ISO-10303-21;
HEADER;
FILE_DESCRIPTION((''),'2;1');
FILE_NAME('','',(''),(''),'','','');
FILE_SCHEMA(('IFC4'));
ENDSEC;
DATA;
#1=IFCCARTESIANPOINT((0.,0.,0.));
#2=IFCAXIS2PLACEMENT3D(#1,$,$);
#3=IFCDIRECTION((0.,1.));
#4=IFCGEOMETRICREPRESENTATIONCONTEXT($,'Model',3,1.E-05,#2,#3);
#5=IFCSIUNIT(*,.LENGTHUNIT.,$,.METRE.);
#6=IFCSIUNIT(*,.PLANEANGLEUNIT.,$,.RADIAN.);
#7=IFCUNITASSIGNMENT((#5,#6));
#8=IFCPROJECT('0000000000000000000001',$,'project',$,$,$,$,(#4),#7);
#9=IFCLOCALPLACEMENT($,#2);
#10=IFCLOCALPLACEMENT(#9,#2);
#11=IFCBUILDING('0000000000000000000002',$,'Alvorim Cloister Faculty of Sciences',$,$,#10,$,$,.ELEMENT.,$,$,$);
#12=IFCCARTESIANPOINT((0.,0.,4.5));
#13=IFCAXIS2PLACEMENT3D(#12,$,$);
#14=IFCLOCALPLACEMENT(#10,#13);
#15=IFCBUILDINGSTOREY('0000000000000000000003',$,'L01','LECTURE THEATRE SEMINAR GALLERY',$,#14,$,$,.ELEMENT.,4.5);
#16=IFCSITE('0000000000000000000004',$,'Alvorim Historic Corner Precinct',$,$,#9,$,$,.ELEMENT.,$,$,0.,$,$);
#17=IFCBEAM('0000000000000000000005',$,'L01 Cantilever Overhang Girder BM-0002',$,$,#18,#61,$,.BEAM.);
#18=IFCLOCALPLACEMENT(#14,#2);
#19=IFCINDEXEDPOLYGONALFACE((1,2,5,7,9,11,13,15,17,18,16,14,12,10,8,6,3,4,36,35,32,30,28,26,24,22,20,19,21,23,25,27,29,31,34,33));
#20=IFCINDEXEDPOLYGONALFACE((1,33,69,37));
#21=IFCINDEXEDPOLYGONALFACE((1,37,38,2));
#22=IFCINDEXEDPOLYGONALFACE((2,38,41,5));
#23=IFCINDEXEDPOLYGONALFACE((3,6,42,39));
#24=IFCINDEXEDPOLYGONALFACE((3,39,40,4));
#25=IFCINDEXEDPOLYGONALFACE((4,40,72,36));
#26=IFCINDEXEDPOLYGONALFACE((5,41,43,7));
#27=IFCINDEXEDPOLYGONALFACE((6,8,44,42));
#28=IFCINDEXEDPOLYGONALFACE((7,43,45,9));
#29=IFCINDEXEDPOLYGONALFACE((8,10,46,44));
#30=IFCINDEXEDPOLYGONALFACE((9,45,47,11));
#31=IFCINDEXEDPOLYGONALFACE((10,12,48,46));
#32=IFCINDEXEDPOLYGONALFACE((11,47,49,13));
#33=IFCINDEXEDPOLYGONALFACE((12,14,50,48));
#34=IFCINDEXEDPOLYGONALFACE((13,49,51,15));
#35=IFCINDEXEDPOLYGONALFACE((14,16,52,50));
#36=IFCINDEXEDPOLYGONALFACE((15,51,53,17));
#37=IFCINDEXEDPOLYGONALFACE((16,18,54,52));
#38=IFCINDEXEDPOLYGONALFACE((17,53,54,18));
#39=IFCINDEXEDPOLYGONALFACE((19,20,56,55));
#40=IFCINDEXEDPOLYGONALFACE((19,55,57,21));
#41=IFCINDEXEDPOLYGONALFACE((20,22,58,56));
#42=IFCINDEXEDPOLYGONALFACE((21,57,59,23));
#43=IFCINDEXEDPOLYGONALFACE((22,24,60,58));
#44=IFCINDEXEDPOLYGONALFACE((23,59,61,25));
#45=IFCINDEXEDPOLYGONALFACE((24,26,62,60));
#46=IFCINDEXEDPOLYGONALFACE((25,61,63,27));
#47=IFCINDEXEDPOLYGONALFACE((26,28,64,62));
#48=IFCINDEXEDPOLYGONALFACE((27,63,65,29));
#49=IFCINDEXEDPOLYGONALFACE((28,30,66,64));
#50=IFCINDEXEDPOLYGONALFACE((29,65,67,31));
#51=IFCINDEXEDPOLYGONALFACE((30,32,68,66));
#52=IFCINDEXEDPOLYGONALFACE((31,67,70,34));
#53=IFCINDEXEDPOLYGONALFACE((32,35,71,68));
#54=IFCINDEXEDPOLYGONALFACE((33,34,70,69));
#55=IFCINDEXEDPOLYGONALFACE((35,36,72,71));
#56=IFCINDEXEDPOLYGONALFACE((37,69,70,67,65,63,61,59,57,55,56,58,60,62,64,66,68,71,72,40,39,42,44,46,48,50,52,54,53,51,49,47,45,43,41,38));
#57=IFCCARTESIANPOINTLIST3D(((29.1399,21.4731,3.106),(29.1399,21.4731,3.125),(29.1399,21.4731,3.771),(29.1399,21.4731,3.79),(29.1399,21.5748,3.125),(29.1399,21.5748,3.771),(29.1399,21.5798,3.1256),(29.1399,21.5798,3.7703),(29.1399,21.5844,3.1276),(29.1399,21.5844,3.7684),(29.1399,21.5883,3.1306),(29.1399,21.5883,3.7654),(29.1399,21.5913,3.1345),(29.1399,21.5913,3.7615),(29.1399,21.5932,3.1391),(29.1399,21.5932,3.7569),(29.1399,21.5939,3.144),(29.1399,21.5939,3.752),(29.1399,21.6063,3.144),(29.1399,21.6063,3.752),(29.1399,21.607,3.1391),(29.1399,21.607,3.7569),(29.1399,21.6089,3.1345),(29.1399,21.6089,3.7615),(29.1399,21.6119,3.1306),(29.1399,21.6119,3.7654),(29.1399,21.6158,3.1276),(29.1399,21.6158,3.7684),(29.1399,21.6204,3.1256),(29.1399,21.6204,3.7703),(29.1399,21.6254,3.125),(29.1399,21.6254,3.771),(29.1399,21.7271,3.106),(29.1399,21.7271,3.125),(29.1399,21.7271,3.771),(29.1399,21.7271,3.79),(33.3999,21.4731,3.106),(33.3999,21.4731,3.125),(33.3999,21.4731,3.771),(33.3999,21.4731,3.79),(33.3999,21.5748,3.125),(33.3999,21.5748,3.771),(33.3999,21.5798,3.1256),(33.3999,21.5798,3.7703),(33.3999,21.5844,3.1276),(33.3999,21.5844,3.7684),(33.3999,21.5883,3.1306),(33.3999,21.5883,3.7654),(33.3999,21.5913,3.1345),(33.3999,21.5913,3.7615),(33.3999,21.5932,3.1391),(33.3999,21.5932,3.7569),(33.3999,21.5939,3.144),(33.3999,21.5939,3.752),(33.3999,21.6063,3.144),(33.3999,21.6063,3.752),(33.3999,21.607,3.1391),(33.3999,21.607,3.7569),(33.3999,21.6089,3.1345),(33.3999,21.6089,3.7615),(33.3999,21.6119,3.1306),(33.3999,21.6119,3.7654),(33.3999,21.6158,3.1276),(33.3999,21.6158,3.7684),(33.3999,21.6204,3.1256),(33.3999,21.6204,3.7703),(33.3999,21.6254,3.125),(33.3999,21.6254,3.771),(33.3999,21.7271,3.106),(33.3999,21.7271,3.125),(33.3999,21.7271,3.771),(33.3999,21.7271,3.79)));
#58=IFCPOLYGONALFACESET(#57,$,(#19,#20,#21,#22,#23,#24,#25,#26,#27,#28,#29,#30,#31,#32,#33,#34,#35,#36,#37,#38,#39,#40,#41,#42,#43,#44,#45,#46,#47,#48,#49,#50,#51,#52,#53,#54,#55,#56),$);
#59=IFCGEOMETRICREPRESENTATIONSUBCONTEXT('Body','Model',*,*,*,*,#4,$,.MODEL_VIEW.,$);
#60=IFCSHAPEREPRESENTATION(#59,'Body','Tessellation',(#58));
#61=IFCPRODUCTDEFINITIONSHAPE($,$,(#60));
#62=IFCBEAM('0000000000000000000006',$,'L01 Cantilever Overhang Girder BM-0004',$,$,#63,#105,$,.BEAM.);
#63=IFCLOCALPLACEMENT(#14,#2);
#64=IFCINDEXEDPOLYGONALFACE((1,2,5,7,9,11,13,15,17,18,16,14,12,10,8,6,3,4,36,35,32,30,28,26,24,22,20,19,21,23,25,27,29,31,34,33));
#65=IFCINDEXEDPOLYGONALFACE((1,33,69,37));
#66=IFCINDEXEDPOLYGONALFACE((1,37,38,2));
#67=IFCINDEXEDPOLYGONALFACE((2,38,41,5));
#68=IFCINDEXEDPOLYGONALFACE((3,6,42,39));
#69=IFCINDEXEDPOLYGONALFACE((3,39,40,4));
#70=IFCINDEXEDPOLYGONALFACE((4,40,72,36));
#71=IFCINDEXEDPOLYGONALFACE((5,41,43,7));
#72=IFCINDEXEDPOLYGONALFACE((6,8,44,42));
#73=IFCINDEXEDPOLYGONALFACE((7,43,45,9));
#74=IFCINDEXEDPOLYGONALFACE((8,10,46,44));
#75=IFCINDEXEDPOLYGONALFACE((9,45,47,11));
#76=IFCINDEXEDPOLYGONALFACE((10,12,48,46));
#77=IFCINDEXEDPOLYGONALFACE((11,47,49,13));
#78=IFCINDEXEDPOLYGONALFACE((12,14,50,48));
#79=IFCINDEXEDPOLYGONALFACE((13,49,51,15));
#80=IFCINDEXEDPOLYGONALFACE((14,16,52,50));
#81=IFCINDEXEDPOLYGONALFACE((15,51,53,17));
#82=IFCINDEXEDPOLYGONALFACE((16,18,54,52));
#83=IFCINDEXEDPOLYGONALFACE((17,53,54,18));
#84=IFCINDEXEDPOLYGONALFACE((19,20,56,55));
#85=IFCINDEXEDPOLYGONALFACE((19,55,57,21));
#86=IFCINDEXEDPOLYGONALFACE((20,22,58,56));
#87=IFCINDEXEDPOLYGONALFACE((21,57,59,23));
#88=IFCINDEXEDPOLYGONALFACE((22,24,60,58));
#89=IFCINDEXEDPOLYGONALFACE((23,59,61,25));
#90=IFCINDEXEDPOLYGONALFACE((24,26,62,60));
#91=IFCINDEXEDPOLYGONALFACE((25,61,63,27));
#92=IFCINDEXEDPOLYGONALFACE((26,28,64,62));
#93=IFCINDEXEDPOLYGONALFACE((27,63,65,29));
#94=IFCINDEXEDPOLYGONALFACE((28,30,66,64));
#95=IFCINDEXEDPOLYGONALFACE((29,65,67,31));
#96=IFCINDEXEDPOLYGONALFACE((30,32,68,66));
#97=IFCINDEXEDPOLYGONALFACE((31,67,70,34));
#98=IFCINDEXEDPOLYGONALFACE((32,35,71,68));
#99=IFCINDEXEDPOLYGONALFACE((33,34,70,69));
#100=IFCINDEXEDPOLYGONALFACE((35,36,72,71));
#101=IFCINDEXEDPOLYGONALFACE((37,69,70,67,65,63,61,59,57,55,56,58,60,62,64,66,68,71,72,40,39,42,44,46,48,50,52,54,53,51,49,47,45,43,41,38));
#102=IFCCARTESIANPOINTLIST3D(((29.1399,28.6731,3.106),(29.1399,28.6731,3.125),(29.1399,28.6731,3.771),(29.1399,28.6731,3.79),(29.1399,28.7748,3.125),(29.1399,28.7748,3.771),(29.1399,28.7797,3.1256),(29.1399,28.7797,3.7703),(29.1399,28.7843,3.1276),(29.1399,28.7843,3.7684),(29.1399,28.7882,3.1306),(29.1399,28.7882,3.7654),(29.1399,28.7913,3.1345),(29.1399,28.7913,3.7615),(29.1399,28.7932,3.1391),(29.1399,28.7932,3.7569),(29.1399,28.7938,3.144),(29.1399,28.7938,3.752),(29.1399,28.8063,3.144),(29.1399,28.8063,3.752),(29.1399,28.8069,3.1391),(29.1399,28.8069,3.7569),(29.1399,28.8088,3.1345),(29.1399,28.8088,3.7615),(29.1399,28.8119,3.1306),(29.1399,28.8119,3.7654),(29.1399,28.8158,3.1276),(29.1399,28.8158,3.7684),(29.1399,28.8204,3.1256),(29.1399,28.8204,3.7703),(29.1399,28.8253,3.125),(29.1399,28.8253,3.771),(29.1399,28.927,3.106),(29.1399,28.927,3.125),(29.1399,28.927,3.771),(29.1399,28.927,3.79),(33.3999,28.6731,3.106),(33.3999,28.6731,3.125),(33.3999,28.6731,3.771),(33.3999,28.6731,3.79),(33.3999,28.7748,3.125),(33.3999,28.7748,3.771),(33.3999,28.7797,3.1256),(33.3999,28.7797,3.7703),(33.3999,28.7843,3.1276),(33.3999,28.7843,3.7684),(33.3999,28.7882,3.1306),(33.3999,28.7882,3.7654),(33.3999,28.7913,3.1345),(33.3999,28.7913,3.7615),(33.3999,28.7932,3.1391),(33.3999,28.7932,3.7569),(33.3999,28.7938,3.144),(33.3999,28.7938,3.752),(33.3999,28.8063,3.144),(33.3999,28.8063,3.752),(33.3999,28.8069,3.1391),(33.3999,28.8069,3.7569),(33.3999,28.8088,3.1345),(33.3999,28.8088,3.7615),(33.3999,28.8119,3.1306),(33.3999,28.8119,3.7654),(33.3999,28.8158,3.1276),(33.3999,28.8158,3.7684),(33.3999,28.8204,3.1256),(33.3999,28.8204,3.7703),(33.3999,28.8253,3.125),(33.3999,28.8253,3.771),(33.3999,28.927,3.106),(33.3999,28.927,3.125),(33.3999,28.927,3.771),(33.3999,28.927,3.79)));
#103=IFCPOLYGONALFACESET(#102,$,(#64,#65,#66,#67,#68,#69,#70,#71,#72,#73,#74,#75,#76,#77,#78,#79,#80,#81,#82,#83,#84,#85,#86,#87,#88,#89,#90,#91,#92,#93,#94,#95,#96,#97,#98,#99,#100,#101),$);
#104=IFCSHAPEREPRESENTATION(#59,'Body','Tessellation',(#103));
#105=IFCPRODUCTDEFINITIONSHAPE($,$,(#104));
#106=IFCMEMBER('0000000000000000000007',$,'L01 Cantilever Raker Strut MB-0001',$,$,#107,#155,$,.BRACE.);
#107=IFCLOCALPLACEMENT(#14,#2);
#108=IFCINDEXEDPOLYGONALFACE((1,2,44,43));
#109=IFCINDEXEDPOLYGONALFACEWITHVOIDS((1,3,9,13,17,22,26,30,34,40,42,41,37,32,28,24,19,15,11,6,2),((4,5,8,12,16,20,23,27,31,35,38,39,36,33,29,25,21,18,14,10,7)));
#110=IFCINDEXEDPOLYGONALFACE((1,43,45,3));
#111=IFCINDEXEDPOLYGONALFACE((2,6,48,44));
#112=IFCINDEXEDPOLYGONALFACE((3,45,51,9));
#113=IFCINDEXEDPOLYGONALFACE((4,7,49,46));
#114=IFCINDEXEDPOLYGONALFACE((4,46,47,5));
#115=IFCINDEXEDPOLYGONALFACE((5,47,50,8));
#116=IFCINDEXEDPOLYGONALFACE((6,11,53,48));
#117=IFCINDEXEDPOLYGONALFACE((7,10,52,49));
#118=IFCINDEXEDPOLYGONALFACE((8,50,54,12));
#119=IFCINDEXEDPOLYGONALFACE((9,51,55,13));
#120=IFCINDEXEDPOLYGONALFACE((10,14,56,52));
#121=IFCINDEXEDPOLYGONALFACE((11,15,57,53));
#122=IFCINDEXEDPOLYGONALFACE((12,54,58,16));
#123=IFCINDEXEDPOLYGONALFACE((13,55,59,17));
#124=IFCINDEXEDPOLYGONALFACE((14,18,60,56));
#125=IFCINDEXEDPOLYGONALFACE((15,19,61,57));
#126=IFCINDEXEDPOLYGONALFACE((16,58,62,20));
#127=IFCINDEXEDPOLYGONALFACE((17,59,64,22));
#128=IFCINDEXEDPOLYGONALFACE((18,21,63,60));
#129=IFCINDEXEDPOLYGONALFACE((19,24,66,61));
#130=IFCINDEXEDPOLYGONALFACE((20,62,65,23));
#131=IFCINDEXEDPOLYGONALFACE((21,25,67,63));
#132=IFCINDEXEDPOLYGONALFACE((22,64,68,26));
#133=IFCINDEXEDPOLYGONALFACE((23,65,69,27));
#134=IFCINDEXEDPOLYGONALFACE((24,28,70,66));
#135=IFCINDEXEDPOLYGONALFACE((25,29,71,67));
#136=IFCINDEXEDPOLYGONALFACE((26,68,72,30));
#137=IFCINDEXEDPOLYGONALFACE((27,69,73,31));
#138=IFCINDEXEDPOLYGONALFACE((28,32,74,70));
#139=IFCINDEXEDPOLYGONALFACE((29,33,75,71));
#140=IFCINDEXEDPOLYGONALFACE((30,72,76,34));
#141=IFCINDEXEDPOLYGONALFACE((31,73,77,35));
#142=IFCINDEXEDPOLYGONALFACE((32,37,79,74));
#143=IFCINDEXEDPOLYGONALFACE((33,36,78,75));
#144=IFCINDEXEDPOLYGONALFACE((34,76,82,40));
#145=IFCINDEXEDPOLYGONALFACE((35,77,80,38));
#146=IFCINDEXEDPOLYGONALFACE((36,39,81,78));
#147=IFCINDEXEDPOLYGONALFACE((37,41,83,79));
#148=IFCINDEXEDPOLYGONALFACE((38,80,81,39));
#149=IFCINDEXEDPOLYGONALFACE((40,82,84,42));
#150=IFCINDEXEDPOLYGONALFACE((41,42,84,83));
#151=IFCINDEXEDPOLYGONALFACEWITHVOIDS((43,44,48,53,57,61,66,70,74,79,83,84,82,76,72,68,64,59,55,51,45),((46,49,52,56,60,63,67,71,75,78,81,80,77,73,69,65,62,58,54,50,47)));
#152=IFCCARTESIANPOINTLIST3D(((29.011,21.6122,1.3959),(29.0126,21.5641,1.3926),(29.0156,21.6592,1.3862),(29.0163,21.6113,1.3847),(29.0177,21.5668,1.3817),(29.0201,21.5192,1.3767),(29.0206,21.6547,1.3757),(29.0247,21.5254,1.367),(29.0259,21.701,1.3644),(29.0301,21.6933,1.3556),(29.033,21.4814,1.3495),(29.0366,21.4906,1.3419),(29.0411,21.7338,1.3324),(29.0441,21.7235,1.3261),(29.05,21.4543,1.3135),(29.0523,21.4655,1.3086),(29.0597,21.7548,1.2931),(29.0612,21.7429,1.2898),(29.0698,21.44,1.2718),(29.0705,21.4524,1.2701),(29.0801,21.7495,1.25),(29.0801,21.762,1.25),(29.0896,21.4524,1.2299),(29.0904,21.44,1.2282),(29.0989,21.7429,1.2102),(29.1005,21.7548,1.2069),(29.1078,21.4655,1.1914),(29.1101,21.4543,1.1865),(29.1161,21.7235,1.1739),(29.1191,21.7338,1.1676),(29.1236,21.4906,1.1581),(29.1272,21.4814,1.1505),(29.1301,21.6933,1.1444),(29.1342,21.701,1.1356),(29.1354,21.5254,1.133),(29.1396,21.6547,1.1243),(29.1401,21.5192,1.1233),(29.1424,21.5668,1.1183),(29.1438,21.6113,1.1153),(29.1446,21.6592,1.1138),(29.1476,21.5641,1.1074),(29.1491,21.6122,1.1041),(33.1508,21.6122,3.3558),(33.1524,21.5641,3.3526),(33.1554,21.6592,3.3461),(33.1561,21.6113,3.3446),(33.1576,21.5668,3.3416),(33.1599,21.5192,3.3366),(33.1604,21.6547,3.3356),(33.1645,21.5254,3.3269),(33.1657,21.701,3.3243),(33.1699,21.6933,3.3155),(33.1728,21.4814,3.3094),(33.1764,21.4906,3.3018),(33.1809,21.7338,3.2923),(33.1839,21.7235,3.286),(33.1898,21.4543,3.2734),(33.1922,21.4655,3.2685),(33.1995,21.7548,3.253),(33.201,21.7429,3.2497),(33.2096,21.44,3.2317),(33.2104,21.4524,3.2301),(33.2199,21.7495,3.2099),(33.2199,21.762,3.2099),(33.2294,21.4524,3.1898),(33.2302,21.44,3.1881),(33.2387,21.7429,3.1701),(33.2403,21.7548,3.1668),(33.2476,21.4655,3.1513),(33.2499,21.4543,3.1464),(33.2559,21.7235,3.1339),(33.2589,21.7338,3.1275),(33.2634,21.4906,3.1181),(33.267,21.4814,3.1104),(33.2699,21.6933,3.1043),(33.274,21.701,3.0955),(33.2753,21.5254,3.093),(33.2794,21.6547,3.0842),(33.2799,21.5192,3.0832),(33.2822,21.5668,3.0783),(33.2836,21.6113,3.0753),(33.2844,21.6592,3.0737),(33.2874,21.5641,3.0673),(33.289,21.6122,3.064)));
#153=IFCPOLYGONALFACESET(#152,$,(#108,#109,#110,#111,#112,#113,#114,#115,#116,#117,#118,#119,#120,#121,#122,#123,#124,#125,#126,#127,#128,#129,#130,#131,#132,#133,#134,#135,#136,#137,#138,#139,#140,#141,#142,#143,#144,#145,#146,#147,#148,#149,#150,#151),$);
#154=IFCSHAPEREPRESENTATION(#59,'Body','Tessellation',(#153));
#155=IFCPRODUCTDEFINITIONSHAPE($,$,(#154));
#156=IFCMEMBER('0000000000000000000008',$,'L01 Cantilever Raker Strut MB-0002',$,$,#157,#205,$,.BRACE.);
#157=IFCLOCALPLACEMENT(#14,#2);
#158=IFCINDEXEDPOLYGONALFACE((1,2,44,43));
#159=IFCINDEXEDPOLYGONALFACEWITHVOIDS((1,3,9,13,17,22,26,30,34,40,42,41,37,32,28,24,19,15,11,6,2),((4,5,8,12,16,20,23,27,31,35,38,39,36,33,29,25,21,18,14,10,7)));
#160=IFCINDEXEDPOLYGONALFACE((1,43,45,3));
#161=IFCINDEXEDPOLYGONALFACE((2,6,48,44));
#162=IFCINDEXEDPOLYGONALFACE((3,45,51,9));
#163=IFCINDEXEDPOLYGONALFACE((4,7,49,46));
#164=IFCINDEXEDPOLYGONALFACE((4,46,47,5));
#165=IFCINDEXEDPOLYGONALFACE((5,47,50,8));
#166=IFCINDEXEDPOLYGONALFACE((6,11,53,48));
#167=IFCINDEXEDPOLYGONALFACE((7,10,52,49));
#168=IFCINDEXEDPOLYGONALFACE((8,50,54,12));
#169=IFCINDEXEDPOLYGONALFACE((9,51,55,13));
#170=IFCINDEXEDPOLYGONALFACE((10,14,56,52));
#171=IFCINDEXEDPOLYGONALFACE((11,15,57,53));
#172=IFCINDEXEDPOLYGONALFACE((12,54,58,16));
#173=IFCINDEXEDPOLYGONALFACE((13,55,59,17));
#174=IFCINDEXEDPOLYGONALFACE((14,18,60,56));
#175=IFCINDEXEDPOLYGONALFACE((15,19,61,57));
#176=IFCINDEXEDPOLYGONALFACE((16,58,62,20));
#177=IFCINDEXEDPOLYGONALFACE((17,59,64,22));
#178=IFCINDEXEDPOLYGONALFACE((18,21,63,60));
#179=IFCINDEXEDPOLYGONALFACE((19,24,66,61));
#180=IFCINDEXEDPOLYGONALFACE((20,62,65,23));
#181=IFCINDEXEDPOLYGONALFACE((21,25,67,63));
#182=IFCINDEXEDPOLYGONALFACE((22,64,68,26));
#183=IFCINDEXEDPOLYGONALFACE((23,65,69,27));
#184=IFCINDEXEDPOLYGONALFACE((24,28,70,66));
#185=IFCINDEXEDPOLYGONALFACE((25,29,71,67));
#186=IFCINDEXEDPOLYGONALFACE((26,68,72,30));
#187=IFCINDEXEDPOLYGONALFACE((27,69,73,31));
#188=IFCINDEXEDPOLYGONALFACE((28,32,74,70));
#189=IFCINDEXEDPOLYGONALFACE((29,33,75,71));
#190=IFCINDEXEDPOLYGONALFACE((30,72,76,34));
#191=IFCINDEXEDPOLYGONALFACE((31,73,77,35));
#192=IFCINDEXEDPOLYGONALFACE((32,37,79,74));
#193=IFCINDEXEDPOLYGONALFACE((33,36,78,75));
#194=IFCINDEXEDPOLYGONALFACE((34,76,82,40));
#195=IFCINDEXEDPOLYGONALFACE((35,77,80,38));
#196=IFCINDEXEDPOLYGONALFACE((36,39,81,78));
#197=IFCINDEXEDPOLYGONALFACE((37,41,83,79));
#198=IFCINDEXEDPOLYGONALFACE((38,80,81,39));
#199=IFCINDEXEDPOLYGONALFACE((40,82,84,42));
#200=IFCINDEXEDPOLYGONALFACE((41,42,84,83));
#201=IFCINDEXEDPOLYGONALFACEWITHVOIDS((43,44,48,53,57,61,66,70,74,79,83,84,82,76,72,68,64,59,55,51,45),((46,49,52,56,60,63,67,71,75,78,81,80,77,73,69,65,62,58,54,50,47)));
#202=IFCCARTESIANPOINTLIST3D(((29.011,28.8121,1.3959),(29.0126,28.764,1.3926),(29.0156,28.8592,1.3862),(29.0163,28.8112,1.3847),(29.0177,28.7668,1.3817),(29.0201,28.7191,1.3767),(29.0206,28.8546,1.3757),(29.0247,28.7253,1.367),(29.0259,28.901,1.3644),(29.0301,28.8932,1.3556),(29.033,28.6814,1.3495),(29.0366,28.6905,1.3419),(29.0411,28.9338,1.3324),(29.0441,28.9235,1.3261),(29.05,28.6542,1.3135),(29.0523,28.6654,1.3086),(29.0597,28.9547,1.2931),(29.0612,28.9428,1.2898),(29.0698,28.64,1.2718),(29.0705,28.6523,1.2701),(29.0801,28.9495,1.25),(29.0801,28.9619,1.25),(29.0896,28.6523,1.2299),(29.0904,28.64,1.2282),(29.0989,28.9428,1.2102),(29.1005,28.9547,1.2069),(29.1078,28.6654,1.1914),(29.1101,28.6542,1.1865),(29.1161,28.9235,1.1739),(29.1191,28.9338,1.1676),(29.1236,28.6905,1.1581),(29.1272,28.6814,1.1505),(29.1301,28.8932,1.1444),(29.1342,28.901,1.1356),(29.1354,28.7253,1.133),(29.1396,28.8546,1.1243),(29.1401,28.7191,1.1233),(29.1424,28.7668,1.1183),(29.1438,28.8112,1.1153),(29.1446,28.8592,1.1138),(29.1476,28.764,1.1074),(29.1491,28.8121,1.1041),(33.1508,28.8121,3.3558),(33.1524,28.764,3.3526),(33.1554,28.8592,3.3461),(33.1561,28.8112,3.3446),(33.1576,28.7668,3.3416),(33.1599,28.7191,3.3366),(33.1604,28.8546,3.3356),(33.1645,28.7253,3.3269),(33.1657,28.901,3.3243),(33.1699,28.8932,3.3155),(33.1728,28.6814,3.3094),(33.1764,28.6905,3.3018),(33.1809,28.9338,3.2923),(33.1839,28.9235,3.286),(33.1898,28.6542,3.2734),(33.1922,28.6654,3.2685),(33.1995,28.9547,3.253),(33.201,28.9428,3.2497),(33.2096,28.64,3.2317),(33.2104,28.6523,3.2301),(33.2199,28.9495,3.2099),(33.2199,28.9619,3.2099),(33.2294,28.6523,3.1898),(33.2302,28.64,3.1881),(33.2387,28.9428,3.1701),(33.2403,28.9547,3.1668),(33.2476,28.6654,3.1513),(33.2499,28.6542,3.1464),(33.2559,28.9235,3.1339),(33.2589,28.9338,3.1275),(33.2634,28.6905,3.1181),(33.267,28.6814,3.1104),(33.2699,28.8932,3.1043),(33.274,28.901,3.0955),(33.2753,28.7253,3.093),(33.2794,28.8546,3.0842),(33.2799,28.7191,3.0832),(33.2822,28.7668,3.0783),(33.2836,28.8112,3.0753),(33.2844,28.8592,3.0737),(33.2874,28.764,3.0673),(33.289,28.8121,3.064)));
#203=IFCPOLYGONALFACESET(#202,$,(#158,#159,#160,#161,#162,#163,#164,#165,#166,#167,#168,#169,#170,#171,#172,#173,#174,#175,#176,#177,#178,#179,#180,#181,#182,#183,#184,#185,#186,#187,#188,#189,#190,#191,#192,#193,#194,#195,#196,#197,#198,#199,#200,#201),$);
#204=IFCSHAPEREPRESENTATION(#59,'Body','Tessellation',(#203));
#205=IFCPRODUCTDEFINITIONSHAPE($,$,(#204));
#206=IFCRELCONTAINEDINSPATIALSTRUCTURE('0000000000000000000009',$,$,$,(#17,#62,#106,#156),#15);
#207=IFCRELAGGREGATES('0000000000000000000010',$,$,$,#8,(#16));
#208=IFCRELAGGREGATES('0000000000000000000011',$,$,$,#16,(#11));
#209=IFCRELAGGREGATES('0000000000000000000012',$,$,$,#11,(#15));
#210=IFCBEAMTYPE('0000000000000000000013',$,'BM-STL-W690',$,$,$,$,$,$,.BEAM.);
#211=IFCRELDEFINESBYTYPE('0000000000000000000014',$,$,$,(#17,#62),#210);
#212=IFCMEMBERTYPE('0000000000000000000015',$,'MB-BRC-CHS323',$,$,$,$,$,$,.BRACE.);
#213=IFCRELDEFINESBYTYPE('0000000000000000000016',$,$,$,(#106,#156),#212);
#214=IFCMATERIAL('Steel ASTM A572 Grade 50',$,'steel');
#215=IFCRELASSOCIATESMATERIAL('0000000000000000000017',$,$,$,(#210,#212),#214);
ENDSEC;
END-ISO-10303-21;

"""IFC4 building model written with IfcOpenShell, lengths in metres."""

from ifc_helpers import new_model, si_unit, direction, frame, origin, origin_2d, place, context, subcontext, project, spatial, hollow_circle, i_section, extrude, material, material_profile, profile_set, type_object, element, save


model = new_model("IFC4")

# Units and contexts
model_context = context("Model", 3, precision=1e-05, world=origin(), true_north=direction((0.0, 1.0)))
body_context = subcontext(model_context, "Body", "Model", "MODEL_VIEW")
ifc_project = project(units=[si_unit("LENGTHUNIT", "METRE"), si_unit("PLANEANGLEUNIT", "RADIAN")], contexts=[model_context])

# Site, building, storey
site_placement = place(None, origin())
site = spatial("IfcSite", under=ifc_project, at=site_placement, Name="Alvorim Historic Corner Precinct", CompositionType="ELEMENT", RefElevation=0.0)
building_placement = place(site_placement, origin())
building = spatial("IfcBuilding", under=site, at=building_placement, Name="Alvorim Cloister Faculty of Sciences", CompositionType="ELEMENT")
storey_placement = place(building_placement, frame((0.0, 0.0, 4.5)))
storey = spatial("IfcBuildingStorey", under=building, at=storey_placement, Name="L01", Description="LECTURE THEATRE SEMINAR GALLERY", CompositionType="ELEMENT", Elevation=4.5)

# Beams
ifc_material_1 = material(Name="Steel ASTM A572 Grade 50", Category="steel")
ifc_material_profile_1 = material_profile(ifc_material_1, i_section(OverallWidth=0.2539, OverallDepth=0.6841, WebThickness=0.0125, FlangeThickness=0.019, FilletRadius=0.019, at=origin_2d()), Name="W690x140.0")
ifc_profile_set_1 = profile_set([ifc_material_profile_1], Name="Steel ASTM A572 Grade 50")
beam_type_1 = type_object("IfcBeamType", Name="BM-STL-W690", PredefinedType="BEAM", material=ifc_profile_set_1)
for number, where, z_axis, x_axis, name in (
    (1, (29.1399, 21.6001, 3.448), (1.0, 0.0, 0.0), (0.0, 1.0, 0.0), "L01 Cantilever Overhang Girder BM-0002"),
    (2, (29.1399, 28.8, 3.448), (1.0, 0.0, 0.0), (0.0, 1.0, 0.0), "L01 Cantilever Overhang Girder BM-0004"),
):
    element("IfcBeam", number, at=place(storey_placement, frame(where, z_axis=z_axis, x_axis=x_axis)), inside=storey, type_object=beam_type_1, Name=name, PredefinedType="BEAM", context=body_context, shape_type="SweptSolid", body=[
        extrude(i_section(OverallWidth=0.2539, OverallDepth=0.6841, WebThickness=0.0125, FlangeThickness=0.019, FilletRadius=0.019, at=origin_2d()), origin(), (0.0, 0.0, 1.0), 4.26),
    ])

# Members
ifc_material_profile_2 = material_profile(ifc_material_1, hollow_circle(Radius=0.1619, WallThickness=0.0125, at=origin_2d()), Name="CHS323.9x12.5")
ifc_profile_set_2 = profile_set([ifc_material_profile_2], Name="Steel ASTM A572 Grade 50")
member_type = type_object("IfcMemberType", Name="MB-BRC-CHS323", PredefinedType="BRACE", material=ifc_profile_set_2)
for number, where, z_axis, x_axis, name in (
    (3, (29.0801, 21.6001, 1.25), (0.903826, 0.0, 0.427901), (0.0, 1.0, 0.0), "L01 Cantilever Raker Strut MB-0001"),
    (4, (29.0801, 28.8, 1.25), (0.903826, 0.0, 0.427901), (0.0, 1.0, 0.0), "L01 Cantilever Raker Strut MB-0002"),
):
    element("IfcMember", number, at=place(storey_placement, frame(where, z_axis=z_axis, x_axis=x_axis)), inside=storey, type_object=member_type, Name=name, PredefinedType="BRACE", context=body_context, shape_type="SweptSolid", body=[
        extrude(hollow_circle(Radius=0.1619, WallThickness=0.0125, at=origin_2d()), origin(), (0.0, 0.0, 1.0), 4.5803),
    ])

save(model, "model.ifc")
